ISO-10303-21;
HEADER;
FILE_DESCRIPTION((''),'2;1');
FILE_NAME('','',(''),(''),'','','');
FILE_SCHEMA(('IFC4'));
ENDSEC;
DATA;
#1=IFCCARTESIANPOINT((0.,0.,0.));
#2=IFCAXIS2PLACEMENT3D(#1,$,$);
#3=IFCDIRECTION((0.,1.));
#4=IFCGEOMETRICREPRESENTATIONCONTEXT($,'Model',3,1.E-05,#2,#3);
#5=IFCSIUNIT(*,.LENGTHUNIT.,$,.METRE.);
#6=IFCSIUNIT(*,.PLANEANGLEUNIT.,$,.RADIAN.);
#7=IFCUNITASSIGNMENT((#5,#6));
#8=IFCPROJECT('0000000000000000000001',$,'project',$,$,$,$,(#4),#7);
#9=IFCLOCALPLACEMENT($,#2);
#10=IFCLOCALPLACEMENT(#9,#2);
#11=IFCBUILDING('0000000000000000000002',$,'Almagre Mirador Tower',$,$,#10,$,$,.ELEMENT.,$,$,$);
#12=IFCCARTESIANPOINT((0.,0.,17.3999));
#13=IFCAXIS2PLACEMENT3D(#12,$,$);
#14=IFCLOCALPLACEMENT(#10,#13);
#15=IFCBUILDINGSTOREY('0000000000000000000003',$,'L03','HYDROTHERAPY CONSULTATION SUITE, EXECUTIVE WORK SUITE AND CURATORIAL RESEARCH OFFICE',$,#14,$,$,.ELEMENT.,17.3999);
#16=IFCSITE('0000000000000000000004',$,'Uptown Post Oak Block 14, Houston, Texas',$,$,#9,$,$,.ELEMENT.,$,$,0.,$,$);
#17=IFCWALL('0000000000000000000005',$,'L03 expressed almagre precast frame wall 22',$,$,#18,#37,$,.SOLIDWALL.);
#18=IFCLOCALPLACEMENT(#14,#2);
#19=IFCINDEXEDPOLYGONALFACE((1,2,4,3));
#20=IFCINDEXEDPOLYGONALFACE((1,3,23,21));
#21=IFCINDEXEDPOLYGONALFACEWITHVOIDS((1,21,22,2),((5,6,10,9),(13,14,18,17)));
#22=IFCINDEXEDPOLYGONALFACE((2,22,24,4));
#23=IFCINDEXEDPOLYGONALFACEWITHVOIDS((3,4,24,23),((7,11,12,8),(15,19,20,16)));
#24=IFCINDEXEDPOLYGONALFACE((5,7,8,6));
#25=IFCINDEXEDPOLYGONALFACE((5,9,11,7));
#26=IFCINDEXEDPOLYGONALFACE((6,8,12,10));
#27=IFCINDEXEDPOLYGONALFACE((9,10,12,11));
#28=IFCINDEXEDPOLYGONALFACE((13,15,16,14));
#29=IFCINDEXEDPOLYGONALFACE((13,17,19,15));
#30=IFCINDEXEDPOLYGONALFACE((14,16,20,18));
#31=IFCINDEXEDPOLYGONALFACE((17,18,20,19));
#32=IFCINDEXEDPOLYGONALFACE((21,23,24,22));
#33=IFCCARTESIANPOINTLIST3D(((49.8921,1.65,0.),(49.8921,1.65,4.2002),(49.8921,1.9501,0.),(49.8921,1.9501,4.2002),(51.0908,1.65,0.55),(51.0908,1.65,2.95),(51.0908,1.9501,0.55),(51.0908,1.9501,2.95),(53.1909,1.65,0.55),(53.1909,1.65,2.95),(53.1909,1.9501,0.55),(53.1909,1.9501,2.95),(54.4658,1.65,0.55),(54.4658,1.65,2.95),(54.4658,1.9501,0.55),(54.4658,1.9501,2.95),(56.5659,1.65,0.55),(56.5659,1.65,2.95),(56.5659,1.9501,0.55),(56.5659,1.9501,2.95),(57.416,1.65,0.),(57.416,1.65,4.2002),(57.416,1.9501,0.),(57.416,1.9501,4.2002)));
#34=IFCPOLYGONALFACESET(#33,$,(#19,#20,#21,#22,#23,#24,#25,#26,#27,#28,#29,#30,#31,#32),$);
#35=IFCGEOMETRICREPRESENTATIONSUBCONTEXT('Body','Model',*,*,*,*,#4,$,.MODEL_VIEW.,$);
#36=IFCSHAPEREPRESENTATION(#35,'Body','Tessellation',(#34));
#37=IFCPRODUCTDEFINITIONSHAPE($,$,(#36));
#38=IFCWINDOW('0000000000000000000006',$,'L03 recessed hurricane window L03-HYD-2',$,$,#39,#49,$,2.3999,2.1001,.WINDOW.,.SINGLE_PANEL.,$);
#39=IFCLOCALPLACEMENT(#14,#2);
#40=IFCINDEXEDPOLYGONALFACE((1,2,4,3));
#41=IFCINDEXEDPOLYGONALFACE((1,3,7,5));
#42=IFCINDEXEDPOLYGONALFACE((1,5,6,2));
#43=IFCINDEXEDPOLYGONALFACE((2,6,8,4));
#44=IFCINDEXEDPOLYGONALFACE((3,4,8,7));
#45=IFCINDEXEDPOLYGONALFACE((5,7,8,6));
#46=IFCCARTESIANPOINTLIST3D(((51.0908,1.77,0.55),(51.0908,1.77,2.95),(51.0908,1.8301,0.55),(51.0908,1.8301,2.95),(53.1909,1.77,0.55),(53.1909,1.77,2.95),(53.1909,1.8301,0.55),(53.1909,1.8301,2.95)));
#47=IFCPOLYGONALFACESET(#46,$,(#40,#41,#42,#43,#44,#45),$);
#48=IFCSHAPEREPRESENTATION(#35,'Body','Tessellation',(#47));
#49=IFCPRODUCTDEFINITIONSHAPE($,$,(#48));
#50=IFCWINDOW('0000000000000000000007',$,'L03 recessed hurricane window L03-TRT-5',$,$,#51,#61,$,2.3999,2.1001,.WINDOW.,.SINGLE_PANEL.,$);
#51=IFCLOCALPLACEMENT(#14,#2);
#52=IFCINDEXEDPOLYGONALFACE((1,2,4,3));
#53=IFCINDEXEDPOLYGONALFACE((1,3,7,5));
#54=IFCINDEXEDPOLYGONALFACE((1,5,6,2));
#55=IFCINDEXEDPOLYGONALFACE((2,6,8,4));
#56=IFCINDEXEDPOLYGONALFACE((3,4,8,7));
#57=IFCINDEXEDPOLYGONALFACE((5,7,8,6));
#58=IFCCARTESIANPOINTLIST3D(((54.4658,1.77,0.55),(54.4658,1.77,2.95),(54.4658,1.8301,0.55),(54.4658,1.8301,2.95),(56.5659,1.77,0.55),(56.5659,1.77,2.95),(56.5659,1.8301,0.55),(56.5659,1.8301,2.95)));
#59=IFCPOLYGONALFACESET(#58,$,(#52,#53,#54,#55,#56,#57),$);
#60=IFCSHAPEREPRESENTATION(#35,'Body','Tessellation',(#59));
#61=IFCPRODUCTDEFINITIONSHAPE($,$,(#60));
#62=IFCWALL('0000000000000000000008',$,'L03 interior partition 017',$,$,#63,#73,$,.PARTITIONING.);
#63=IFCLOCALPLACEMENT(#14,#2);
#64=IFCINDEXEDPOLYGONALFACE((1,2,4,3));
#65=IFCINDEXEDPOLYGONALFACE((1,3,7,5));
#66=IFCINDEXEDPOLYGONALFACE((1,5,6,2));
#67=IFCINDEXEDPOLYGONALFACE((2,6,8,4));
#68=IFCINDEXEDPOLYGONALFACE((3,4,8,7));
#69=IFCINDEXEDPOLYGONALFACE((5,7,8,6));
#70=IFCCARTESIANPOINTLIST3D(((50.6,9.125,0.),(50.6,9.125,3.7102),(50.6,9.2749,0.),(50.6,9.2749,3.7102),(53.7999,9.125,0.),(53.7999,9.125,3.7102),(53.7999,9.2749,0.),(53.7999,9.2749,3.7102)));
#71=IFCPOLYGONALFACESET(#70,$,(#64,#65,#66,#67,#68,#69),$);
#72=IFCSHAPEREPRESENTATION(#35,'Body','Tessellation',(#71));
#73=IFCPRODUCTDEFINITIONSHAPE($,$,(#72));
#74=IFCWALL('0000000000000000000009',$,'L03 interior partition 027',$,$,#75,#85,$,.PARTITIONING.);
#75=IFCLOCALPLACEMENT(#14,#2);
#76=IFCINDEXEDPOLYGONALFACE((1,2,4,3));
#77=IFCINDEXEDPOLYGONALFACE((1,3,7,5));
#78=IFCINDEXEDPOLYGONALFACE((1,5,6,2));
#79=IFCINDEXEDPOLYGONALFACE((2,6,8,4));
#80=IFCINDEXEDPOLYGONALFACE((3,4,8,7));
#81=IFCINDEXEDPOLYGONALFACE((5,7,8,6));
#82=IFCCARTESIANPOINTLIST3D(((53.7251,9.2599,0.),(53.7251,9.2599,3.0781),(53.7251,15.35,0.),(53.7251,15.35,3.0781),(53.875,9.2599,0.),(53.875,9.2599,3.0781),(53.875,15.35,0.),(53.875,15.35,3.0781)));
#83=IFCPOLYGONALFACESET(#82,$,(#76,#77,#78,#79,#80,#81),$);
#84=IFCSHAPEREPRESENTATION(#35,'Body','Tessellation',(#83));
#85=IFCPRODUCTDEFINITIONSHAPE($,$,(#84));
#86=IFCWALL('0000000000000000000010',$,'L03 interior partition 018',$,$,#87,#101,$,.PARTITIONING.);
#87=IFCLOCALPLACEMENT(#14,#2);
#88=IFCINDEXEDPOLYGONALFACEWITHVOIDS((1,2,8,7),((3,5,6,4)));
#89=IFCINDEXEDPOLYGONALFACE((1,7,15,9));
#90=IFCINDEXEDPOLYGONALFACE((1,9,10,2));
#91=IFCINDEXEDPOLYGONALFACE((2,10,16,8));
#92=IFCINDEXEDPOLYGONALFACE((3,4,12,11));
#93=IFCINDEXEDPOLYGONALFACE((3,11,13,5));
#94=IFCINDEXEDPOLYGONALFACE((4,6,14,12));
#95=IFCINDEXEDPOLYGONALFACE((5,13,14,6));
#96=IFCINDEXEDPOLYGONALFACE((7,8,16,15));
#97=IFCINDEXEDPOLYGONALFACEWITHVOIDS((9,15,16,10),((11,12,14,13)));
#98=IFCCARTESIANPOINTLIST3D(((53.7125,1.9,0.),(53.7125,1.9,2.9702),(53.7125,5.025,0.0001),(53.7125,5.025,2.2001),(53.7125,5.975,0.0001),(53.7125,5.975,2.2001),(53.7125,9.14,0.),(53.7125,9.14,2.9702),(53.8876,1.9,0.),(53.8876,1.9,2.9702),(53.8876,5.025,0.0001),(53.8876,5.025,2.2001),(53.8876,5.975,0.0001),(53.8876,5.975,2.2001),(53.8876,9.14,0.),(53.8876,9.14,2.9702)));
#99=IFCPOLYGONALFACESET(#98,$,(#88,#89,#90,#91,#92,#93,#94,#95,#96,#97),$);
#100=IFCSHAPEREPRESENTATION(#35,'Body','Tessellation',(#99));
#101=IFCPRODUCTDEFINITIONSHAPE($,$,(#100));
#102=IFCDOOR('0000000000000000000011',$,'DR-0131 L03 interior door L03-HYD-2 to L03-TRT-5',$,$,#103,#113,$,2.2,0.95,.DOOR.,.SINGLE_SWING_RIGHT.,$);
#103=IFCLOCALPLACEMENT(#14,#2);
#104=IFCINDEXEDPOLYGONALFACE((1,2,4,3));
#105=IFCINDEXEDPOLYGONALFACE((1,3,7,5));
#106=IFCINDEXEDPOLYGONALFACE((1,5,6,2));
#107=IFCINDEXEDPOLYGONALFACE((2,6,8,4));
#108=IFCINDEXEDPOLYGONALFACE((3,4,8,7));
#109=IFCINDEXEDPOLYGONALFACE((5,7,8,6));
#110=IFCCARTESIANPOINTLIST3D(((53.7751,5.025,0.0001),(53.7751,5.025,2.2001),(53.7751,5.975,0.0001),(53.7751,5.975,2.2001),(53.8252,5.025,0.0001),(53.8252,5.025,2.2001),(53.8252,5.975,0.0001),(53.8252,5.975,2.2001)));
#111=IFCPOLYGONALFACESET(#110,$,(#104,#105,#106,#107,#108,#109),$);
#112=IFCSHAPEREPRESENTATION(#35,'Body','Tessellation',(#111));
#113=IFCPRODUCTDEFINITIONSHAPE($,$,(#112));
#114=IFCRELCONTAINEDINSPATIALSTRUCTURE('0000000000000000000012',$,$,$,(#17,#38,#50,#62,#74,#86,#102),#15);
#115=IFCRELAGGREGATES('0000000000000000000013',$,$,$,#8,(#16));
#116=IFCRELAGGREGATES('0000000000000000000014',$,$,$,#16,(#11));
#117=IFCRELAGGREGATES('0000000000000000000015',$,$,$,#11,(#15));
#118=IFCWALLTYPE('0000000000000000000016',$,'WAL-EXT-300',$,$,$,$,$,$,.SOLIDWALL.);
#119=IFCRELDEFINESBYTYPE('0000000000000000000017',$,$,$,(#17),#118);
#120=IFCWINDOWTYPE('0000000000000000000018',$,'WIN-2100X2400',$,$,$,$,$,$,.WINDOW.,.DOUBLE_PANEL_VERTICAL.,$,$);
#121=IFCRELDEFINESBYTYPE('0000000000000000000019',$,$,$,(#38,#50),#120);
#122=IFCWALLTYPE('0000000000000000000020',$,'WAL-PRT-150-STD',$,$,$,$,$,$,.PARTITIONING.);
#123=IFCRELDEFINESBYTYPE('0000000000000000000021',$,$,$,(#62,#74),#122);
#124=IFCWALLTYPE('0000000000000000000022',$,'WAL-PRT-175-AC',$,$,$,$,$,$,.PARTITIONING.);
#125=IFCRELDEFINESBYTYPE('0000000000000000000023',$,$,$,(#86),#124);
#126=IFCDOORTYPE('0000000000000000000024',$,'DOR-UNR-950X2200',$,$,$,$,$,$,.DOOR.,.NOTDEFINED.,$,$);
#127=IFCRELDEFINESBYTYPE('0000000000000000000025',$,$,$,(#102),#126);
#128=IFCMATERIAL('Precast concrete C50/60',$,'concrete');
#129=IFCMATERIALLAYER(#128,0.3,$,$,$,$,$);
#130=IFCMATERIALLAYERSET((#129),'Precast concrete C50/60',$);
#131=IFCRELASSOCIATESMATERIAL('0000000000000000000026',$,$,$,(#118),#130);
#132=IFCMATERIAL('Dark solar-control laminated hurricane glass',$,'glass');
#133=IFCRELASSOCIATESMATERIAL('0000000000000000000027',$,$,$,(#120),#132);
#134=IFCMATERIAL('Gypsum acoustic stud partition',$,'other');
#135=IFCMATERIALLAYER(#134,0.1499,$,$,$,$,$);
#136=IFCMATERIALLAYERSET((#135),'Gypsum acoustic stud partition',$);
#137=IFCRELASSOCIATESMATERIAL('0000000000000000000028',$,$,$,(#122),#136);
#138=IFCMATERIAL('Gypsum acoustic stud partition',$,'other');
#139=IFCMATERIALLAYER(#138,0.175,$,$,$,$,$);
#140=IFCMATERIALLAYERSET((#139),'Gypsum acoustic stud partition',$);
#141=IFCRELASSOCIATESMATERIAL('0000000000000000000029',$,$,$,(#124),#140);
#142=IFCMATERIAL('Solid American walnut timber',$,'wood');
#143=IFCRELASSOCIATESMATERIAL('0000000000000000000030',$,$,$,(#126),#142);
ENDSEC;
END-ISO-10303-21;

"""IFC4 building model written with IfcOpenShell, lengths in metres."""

from ifc_helpers import new_model, si_unit, direction, frame, frame_2d, origin, place, context, subcontext, project, spatial, rectangle, extrude, material, layer, layer_set, type_object, element, fill, save


model = new_model("IFC4")

# Units and contexts
model_context = context("Model", 3, precision=1e-05, world=origin(), true_north=direction((0.0, 1.0)))
body_context = subcontext(model_context, "Body", "Model", "MODEL_VIEW")
ifc_project = project(units=[si_unit("LENGTHUNIT", "METRE"), si_unit("PLANEANGLEUNIT", "RADIAN")], contexts=[model_context])

# Site, building, storey
site_placement = place(None, origin())
site = spatial("IfcSite", under=ifc_project, at=site_placement, Name="Uptown Post Oak Block 14, Houston, Texas", CompositionType="ELEMENT", RefElevation=0.0)
building_placement = place(site_placement, origin())
building = spatial("IfcBuilding", under=site, at=building_placement, Name="Almagre Mirador Tower", CompositionType="ELEMENT")
storey_placement = place(building_placement, frame((0.0, 0.0, 17.3999)))
storey = spatial("IfcBuildingStorey", under=building, at=storey_placement, Name="L03", Description="HYDROTHERAPY CONSULTATION SUITE, EXECUTIVE WORK SUITE AND CURATORIAL RESEARCH OFFICE", CompositionType="ELEMENT", Elevation=17.3999)

# Shared definitions
ifc_material_1 = material(Name="Precast concrete C50/60", Category="concrete")
ifc_layer_1 = layer(ifc_material_1, 0.3)
ifc_layer_set_1 = layer_set([ifc_layer_1], Name="Precast concrete C50/60")
wall_type_1 = type_object("IfcWallType", Name="WAL-EXT-300", PredefinedType="SOLIDWALL", material=ifc_layer_set_1)
ifc_material_2 = material(Name="Dark solar-control laminated hurricane glass", Category="glass")
window_type_1 = type_object("IfcWindowType", Name="WIN-2100X2400", PartitioningType="DOUBLE_PANEL_VERTICAL", PredefinedType="WINDOW", material=ifc_material_2)

# Wall, openings, windows
wall_1_placement = place(storey_placement, frame((57.416, 1.8, 0.0), z_axis=(0.0, 0.0, 1.0), x_axis=(-1.0, 0.0, 0.0)))
wall_1 = element("IfcWall", 1, at=wall_1_placement, inside=storey, type_object=wall_type_1, Name="L03 expressed almagre precast frame wall 22", PredefinedType="SOLIDWALL", context=body_context, shape_type="SweptSolid", body=[
    extrude(rectangle(XDim=7.5239, YDim=0.3, at=frame_2d((3.762, 0.0))), origin(), (0.0, 0.0, 1.0), 4.2002),
])
opening_1_placement = place(wall_1_placement, frame((4.2251, 0.0, 0.55)))
opening_1 = element("IfcOpeningElement", 2, at=opening_1_placement, cuts=wall_1, PredefinedType="OPENING", context=body_context, shape_type="SweptSolid", body=[
    extrude(rectangle(XDim=2.1001, YDim=2.3999, at=frame_2d((1.05, 1.2))), frame((0.0, 0.1599, 0.0), z_axis=(0.0, -1.0, 0.0), x_axis=(1.0, 0.0, 0.0)), (0.0, 0.0, 1.0), 0.32),
])
opening_2_placement = place(wall_1_placement, frame((0.8501, 0.0, 0.55)))
opening_2 = element("IfcOpeningElement", 3, at=opening_2_placement, cuts=wall_1, PredefinedType="OPENING", context=body_context, shape_type="SweptSolid", body=[
    extrude(rectangle(XDim=2.1001, YDim=2.3999, at=frame_2d((1.05, 1.2))), frame((0.0, 0.1599, 0.0), z_axis=(0.0, -1.0, 0.0), x_axis=(1.0, 0.0, 0.0)), (0.0, 0.0, 1.0), 0.32),
])
window_1_placement = place(opening_1_placement, origin())
window_1 = element("IfcWindow", 4, at=window_1_placement, inside=storey, type_object=window_type_1, Name="L03 recessed hurricane window L03-HYD-2", OverallHeight=2.3999, OverallWidth=2.1001, PartitioningType="SINGLE_PANEL", PredefinedType="WINDOW", context=body_context, shape_type="SweptSolid", body=[
    extrude(rectangle(XDim=2.1001, YDim=2.3999, at=frame_2d((1.05, 1.2))), frame((0.0, 0.03, 0.0), z_axis=(0.0, -1.0, 0.0), x_axis=(1.0, 0.0, 0.0)), (0.0, 0.0, 1.0), 0.0601),
])
fill(opening_1, window_1)
window_2_placement = place(opening_2_placement, origin())
window_2 = element("IfcWindow", 5, at=window_2_placement, inside=storey, type_object=window_type_1, Name="L03 recessed hurricane window L03-TRT-5", OverallHeight=2.3999, OverallWidth=2.1001, PartitioningType="SINGLE_PANEL", PredefinedType="WINDOW", context=body_context, shape_type="SweptSolid", body=[
    extrude(rectangle(XDim=2.1001, YDim=2.3999, at=frame_2d((1.05, 1.2))), frame((0.0, 0.03, 0.0), z_axis=(0.0, -1.0, 0.0), x_axis=(1.0, 0.0, 0.0)), (0.0, 0.0, 1.0), 0.0601),
])
fill(opening_2, window_2)

# Walls
ifc_material_3 = material(Name="Gypsum acoustic stud partition", Category="other")
ifc_layer_2 = layer(ifc_material_3, 0.1499)
ifc_layer_set_2 = layer_set([ifc_layer_2], Name="Gypsum acoustic stud partition")
wall_type_2 = type_object("IfcWallType", Name="WAL-PRT-150-STD", PredefinedType="PARTITIONING", material=ifc_layer_set_2)
wall_2_placement = place(storey_placement, frame((53.8, 9.2, 0.0), z_axis=(0.0, 0.0, 1.0), x_axis=(-1.0, 0.0, 0.0)))
element("IfcWall", 6, at=wall_2_placement, inside=storey, type_object=wall_type_2, Name="L03 interior partition 017", PredefinedType="PARTITIONING", context=body_context, shape_type="SweptSolid", body=[
    extrude(rectangle(XDim=3.2, YDim=0.1499, at=frame_2d((1.6001, 0.0))), origin(), (0.0, 0.0, 1.0), 3.7102),
])
wall_3_placement = place(storey_placement, frame((53.8, 9.26, 0.0), z_axis=(0.0, 0.0, 1.0), x_axis=(0.0, 1.0, 0.0)))
element("IfcWall", 7, at=wall_3_placement, inside=storey, type_object=wall_type_2, Name="L03 interior partition 027", PredefinedType="PARTITIONING", context=body_context, shape_type="SweptSolid", body=[
    extrude(rectangle(XDim=6.0901, YDim=0.1499, at=frame_2d((3.0449, 0.0))), origin(), (0.0, 0.0, 1.0), 3.0781),
])

# Wall, opening, door
ifc_material_4 = material(Name="Gypsum acoustic stud partition", Category="other")
ifc_layer_3 = layer(ifc_material_4, 0.175)
ifc_layer_set_3 = layer_set([ifc_layer_3], Name="Gypsum acoustic stud partition")
wall_type_3 = type_object("IfcWallType", Name="WAL-PRT-175-AC", PredefinedType="PARTITIONING", material=ifc_layer_set_3)
wall_4_placement = place(storey_placement, frame((53.8, 1.8999, 0.0), z_axis=(0.0, 0.0, 1.0), x_axis=(0.0, 1.0, 0.0)))
wall_4 = element("IfcWall", 8, at=wall_4_placement, inside=storey, type_object=wall_type_3, Name="L03 interior partition 018", PredefinedType="PARTITIONING", context=body_context, shape_type="SweptSolid", body=[
    extrude(rectangle(XDim=7.24, YDim=0.175, at=frame_2d((3.6201, 0.0))), origin(), (0.0, 0.0, 1.0), 2.9702),
])
opening_3_placement = place(wall_4_placement, frame((3.125, 0.0, 0.0)))
opening_3 = element("IfcOpeningElement", 9, at=opening_3_placement, cuts=wall_4, PredefinedType="OPENING", context=body_context, shape_type="SweptSolid", body=[
    extrude(rectangle(XDim=0.95, YDim=2.2, at=frame_2d((0.4751, 1.1001))), frame((0.0, 0.0974, 0.0), z_axis=(0.0, -1.0, 0.0), x_axis=(1.0, 0.0, 0.0)), (0.0, 0.0, 1.0), 0.195),
])
ifc_material_5 = material(Name="Solid American walnut timber", Category="wood")
door_type = type_object("IfcDoorType", Name="DOR-UNR-950X2200", OperationType="NOTDEFINED", PredefinedType="DOOR", material=ifc_material_5)
door_placement = place(opening_3_placement, origin())
door = element("IfcDoor", 10, at=door_placement, inside=storey, type_object=door_type, Name="DR-0131 L03 interior door L03-HYD-2 to L03-TRT-5", OperationType="SINGLE_SWING_RIGHT", OverallHeight=2.2, OverallWidth=0.95, PredefinedType="DOOR", context=body_context, shape_type="SweptSolid", body=[
    extrude(rectangle(XDim=0.95, YDim=2.2, at=frame_2d((0.4751, 1.1001))), frame((0.0, 0.0249, 0.0), z_axis=(0.0, -1.0, 0.0), x_axis=(1.0, 0.0, 0.0)), (0.0, 0.0, 1.0), 0.05),
])
fill(opening_3, door)

save(model, "model.ifc")
